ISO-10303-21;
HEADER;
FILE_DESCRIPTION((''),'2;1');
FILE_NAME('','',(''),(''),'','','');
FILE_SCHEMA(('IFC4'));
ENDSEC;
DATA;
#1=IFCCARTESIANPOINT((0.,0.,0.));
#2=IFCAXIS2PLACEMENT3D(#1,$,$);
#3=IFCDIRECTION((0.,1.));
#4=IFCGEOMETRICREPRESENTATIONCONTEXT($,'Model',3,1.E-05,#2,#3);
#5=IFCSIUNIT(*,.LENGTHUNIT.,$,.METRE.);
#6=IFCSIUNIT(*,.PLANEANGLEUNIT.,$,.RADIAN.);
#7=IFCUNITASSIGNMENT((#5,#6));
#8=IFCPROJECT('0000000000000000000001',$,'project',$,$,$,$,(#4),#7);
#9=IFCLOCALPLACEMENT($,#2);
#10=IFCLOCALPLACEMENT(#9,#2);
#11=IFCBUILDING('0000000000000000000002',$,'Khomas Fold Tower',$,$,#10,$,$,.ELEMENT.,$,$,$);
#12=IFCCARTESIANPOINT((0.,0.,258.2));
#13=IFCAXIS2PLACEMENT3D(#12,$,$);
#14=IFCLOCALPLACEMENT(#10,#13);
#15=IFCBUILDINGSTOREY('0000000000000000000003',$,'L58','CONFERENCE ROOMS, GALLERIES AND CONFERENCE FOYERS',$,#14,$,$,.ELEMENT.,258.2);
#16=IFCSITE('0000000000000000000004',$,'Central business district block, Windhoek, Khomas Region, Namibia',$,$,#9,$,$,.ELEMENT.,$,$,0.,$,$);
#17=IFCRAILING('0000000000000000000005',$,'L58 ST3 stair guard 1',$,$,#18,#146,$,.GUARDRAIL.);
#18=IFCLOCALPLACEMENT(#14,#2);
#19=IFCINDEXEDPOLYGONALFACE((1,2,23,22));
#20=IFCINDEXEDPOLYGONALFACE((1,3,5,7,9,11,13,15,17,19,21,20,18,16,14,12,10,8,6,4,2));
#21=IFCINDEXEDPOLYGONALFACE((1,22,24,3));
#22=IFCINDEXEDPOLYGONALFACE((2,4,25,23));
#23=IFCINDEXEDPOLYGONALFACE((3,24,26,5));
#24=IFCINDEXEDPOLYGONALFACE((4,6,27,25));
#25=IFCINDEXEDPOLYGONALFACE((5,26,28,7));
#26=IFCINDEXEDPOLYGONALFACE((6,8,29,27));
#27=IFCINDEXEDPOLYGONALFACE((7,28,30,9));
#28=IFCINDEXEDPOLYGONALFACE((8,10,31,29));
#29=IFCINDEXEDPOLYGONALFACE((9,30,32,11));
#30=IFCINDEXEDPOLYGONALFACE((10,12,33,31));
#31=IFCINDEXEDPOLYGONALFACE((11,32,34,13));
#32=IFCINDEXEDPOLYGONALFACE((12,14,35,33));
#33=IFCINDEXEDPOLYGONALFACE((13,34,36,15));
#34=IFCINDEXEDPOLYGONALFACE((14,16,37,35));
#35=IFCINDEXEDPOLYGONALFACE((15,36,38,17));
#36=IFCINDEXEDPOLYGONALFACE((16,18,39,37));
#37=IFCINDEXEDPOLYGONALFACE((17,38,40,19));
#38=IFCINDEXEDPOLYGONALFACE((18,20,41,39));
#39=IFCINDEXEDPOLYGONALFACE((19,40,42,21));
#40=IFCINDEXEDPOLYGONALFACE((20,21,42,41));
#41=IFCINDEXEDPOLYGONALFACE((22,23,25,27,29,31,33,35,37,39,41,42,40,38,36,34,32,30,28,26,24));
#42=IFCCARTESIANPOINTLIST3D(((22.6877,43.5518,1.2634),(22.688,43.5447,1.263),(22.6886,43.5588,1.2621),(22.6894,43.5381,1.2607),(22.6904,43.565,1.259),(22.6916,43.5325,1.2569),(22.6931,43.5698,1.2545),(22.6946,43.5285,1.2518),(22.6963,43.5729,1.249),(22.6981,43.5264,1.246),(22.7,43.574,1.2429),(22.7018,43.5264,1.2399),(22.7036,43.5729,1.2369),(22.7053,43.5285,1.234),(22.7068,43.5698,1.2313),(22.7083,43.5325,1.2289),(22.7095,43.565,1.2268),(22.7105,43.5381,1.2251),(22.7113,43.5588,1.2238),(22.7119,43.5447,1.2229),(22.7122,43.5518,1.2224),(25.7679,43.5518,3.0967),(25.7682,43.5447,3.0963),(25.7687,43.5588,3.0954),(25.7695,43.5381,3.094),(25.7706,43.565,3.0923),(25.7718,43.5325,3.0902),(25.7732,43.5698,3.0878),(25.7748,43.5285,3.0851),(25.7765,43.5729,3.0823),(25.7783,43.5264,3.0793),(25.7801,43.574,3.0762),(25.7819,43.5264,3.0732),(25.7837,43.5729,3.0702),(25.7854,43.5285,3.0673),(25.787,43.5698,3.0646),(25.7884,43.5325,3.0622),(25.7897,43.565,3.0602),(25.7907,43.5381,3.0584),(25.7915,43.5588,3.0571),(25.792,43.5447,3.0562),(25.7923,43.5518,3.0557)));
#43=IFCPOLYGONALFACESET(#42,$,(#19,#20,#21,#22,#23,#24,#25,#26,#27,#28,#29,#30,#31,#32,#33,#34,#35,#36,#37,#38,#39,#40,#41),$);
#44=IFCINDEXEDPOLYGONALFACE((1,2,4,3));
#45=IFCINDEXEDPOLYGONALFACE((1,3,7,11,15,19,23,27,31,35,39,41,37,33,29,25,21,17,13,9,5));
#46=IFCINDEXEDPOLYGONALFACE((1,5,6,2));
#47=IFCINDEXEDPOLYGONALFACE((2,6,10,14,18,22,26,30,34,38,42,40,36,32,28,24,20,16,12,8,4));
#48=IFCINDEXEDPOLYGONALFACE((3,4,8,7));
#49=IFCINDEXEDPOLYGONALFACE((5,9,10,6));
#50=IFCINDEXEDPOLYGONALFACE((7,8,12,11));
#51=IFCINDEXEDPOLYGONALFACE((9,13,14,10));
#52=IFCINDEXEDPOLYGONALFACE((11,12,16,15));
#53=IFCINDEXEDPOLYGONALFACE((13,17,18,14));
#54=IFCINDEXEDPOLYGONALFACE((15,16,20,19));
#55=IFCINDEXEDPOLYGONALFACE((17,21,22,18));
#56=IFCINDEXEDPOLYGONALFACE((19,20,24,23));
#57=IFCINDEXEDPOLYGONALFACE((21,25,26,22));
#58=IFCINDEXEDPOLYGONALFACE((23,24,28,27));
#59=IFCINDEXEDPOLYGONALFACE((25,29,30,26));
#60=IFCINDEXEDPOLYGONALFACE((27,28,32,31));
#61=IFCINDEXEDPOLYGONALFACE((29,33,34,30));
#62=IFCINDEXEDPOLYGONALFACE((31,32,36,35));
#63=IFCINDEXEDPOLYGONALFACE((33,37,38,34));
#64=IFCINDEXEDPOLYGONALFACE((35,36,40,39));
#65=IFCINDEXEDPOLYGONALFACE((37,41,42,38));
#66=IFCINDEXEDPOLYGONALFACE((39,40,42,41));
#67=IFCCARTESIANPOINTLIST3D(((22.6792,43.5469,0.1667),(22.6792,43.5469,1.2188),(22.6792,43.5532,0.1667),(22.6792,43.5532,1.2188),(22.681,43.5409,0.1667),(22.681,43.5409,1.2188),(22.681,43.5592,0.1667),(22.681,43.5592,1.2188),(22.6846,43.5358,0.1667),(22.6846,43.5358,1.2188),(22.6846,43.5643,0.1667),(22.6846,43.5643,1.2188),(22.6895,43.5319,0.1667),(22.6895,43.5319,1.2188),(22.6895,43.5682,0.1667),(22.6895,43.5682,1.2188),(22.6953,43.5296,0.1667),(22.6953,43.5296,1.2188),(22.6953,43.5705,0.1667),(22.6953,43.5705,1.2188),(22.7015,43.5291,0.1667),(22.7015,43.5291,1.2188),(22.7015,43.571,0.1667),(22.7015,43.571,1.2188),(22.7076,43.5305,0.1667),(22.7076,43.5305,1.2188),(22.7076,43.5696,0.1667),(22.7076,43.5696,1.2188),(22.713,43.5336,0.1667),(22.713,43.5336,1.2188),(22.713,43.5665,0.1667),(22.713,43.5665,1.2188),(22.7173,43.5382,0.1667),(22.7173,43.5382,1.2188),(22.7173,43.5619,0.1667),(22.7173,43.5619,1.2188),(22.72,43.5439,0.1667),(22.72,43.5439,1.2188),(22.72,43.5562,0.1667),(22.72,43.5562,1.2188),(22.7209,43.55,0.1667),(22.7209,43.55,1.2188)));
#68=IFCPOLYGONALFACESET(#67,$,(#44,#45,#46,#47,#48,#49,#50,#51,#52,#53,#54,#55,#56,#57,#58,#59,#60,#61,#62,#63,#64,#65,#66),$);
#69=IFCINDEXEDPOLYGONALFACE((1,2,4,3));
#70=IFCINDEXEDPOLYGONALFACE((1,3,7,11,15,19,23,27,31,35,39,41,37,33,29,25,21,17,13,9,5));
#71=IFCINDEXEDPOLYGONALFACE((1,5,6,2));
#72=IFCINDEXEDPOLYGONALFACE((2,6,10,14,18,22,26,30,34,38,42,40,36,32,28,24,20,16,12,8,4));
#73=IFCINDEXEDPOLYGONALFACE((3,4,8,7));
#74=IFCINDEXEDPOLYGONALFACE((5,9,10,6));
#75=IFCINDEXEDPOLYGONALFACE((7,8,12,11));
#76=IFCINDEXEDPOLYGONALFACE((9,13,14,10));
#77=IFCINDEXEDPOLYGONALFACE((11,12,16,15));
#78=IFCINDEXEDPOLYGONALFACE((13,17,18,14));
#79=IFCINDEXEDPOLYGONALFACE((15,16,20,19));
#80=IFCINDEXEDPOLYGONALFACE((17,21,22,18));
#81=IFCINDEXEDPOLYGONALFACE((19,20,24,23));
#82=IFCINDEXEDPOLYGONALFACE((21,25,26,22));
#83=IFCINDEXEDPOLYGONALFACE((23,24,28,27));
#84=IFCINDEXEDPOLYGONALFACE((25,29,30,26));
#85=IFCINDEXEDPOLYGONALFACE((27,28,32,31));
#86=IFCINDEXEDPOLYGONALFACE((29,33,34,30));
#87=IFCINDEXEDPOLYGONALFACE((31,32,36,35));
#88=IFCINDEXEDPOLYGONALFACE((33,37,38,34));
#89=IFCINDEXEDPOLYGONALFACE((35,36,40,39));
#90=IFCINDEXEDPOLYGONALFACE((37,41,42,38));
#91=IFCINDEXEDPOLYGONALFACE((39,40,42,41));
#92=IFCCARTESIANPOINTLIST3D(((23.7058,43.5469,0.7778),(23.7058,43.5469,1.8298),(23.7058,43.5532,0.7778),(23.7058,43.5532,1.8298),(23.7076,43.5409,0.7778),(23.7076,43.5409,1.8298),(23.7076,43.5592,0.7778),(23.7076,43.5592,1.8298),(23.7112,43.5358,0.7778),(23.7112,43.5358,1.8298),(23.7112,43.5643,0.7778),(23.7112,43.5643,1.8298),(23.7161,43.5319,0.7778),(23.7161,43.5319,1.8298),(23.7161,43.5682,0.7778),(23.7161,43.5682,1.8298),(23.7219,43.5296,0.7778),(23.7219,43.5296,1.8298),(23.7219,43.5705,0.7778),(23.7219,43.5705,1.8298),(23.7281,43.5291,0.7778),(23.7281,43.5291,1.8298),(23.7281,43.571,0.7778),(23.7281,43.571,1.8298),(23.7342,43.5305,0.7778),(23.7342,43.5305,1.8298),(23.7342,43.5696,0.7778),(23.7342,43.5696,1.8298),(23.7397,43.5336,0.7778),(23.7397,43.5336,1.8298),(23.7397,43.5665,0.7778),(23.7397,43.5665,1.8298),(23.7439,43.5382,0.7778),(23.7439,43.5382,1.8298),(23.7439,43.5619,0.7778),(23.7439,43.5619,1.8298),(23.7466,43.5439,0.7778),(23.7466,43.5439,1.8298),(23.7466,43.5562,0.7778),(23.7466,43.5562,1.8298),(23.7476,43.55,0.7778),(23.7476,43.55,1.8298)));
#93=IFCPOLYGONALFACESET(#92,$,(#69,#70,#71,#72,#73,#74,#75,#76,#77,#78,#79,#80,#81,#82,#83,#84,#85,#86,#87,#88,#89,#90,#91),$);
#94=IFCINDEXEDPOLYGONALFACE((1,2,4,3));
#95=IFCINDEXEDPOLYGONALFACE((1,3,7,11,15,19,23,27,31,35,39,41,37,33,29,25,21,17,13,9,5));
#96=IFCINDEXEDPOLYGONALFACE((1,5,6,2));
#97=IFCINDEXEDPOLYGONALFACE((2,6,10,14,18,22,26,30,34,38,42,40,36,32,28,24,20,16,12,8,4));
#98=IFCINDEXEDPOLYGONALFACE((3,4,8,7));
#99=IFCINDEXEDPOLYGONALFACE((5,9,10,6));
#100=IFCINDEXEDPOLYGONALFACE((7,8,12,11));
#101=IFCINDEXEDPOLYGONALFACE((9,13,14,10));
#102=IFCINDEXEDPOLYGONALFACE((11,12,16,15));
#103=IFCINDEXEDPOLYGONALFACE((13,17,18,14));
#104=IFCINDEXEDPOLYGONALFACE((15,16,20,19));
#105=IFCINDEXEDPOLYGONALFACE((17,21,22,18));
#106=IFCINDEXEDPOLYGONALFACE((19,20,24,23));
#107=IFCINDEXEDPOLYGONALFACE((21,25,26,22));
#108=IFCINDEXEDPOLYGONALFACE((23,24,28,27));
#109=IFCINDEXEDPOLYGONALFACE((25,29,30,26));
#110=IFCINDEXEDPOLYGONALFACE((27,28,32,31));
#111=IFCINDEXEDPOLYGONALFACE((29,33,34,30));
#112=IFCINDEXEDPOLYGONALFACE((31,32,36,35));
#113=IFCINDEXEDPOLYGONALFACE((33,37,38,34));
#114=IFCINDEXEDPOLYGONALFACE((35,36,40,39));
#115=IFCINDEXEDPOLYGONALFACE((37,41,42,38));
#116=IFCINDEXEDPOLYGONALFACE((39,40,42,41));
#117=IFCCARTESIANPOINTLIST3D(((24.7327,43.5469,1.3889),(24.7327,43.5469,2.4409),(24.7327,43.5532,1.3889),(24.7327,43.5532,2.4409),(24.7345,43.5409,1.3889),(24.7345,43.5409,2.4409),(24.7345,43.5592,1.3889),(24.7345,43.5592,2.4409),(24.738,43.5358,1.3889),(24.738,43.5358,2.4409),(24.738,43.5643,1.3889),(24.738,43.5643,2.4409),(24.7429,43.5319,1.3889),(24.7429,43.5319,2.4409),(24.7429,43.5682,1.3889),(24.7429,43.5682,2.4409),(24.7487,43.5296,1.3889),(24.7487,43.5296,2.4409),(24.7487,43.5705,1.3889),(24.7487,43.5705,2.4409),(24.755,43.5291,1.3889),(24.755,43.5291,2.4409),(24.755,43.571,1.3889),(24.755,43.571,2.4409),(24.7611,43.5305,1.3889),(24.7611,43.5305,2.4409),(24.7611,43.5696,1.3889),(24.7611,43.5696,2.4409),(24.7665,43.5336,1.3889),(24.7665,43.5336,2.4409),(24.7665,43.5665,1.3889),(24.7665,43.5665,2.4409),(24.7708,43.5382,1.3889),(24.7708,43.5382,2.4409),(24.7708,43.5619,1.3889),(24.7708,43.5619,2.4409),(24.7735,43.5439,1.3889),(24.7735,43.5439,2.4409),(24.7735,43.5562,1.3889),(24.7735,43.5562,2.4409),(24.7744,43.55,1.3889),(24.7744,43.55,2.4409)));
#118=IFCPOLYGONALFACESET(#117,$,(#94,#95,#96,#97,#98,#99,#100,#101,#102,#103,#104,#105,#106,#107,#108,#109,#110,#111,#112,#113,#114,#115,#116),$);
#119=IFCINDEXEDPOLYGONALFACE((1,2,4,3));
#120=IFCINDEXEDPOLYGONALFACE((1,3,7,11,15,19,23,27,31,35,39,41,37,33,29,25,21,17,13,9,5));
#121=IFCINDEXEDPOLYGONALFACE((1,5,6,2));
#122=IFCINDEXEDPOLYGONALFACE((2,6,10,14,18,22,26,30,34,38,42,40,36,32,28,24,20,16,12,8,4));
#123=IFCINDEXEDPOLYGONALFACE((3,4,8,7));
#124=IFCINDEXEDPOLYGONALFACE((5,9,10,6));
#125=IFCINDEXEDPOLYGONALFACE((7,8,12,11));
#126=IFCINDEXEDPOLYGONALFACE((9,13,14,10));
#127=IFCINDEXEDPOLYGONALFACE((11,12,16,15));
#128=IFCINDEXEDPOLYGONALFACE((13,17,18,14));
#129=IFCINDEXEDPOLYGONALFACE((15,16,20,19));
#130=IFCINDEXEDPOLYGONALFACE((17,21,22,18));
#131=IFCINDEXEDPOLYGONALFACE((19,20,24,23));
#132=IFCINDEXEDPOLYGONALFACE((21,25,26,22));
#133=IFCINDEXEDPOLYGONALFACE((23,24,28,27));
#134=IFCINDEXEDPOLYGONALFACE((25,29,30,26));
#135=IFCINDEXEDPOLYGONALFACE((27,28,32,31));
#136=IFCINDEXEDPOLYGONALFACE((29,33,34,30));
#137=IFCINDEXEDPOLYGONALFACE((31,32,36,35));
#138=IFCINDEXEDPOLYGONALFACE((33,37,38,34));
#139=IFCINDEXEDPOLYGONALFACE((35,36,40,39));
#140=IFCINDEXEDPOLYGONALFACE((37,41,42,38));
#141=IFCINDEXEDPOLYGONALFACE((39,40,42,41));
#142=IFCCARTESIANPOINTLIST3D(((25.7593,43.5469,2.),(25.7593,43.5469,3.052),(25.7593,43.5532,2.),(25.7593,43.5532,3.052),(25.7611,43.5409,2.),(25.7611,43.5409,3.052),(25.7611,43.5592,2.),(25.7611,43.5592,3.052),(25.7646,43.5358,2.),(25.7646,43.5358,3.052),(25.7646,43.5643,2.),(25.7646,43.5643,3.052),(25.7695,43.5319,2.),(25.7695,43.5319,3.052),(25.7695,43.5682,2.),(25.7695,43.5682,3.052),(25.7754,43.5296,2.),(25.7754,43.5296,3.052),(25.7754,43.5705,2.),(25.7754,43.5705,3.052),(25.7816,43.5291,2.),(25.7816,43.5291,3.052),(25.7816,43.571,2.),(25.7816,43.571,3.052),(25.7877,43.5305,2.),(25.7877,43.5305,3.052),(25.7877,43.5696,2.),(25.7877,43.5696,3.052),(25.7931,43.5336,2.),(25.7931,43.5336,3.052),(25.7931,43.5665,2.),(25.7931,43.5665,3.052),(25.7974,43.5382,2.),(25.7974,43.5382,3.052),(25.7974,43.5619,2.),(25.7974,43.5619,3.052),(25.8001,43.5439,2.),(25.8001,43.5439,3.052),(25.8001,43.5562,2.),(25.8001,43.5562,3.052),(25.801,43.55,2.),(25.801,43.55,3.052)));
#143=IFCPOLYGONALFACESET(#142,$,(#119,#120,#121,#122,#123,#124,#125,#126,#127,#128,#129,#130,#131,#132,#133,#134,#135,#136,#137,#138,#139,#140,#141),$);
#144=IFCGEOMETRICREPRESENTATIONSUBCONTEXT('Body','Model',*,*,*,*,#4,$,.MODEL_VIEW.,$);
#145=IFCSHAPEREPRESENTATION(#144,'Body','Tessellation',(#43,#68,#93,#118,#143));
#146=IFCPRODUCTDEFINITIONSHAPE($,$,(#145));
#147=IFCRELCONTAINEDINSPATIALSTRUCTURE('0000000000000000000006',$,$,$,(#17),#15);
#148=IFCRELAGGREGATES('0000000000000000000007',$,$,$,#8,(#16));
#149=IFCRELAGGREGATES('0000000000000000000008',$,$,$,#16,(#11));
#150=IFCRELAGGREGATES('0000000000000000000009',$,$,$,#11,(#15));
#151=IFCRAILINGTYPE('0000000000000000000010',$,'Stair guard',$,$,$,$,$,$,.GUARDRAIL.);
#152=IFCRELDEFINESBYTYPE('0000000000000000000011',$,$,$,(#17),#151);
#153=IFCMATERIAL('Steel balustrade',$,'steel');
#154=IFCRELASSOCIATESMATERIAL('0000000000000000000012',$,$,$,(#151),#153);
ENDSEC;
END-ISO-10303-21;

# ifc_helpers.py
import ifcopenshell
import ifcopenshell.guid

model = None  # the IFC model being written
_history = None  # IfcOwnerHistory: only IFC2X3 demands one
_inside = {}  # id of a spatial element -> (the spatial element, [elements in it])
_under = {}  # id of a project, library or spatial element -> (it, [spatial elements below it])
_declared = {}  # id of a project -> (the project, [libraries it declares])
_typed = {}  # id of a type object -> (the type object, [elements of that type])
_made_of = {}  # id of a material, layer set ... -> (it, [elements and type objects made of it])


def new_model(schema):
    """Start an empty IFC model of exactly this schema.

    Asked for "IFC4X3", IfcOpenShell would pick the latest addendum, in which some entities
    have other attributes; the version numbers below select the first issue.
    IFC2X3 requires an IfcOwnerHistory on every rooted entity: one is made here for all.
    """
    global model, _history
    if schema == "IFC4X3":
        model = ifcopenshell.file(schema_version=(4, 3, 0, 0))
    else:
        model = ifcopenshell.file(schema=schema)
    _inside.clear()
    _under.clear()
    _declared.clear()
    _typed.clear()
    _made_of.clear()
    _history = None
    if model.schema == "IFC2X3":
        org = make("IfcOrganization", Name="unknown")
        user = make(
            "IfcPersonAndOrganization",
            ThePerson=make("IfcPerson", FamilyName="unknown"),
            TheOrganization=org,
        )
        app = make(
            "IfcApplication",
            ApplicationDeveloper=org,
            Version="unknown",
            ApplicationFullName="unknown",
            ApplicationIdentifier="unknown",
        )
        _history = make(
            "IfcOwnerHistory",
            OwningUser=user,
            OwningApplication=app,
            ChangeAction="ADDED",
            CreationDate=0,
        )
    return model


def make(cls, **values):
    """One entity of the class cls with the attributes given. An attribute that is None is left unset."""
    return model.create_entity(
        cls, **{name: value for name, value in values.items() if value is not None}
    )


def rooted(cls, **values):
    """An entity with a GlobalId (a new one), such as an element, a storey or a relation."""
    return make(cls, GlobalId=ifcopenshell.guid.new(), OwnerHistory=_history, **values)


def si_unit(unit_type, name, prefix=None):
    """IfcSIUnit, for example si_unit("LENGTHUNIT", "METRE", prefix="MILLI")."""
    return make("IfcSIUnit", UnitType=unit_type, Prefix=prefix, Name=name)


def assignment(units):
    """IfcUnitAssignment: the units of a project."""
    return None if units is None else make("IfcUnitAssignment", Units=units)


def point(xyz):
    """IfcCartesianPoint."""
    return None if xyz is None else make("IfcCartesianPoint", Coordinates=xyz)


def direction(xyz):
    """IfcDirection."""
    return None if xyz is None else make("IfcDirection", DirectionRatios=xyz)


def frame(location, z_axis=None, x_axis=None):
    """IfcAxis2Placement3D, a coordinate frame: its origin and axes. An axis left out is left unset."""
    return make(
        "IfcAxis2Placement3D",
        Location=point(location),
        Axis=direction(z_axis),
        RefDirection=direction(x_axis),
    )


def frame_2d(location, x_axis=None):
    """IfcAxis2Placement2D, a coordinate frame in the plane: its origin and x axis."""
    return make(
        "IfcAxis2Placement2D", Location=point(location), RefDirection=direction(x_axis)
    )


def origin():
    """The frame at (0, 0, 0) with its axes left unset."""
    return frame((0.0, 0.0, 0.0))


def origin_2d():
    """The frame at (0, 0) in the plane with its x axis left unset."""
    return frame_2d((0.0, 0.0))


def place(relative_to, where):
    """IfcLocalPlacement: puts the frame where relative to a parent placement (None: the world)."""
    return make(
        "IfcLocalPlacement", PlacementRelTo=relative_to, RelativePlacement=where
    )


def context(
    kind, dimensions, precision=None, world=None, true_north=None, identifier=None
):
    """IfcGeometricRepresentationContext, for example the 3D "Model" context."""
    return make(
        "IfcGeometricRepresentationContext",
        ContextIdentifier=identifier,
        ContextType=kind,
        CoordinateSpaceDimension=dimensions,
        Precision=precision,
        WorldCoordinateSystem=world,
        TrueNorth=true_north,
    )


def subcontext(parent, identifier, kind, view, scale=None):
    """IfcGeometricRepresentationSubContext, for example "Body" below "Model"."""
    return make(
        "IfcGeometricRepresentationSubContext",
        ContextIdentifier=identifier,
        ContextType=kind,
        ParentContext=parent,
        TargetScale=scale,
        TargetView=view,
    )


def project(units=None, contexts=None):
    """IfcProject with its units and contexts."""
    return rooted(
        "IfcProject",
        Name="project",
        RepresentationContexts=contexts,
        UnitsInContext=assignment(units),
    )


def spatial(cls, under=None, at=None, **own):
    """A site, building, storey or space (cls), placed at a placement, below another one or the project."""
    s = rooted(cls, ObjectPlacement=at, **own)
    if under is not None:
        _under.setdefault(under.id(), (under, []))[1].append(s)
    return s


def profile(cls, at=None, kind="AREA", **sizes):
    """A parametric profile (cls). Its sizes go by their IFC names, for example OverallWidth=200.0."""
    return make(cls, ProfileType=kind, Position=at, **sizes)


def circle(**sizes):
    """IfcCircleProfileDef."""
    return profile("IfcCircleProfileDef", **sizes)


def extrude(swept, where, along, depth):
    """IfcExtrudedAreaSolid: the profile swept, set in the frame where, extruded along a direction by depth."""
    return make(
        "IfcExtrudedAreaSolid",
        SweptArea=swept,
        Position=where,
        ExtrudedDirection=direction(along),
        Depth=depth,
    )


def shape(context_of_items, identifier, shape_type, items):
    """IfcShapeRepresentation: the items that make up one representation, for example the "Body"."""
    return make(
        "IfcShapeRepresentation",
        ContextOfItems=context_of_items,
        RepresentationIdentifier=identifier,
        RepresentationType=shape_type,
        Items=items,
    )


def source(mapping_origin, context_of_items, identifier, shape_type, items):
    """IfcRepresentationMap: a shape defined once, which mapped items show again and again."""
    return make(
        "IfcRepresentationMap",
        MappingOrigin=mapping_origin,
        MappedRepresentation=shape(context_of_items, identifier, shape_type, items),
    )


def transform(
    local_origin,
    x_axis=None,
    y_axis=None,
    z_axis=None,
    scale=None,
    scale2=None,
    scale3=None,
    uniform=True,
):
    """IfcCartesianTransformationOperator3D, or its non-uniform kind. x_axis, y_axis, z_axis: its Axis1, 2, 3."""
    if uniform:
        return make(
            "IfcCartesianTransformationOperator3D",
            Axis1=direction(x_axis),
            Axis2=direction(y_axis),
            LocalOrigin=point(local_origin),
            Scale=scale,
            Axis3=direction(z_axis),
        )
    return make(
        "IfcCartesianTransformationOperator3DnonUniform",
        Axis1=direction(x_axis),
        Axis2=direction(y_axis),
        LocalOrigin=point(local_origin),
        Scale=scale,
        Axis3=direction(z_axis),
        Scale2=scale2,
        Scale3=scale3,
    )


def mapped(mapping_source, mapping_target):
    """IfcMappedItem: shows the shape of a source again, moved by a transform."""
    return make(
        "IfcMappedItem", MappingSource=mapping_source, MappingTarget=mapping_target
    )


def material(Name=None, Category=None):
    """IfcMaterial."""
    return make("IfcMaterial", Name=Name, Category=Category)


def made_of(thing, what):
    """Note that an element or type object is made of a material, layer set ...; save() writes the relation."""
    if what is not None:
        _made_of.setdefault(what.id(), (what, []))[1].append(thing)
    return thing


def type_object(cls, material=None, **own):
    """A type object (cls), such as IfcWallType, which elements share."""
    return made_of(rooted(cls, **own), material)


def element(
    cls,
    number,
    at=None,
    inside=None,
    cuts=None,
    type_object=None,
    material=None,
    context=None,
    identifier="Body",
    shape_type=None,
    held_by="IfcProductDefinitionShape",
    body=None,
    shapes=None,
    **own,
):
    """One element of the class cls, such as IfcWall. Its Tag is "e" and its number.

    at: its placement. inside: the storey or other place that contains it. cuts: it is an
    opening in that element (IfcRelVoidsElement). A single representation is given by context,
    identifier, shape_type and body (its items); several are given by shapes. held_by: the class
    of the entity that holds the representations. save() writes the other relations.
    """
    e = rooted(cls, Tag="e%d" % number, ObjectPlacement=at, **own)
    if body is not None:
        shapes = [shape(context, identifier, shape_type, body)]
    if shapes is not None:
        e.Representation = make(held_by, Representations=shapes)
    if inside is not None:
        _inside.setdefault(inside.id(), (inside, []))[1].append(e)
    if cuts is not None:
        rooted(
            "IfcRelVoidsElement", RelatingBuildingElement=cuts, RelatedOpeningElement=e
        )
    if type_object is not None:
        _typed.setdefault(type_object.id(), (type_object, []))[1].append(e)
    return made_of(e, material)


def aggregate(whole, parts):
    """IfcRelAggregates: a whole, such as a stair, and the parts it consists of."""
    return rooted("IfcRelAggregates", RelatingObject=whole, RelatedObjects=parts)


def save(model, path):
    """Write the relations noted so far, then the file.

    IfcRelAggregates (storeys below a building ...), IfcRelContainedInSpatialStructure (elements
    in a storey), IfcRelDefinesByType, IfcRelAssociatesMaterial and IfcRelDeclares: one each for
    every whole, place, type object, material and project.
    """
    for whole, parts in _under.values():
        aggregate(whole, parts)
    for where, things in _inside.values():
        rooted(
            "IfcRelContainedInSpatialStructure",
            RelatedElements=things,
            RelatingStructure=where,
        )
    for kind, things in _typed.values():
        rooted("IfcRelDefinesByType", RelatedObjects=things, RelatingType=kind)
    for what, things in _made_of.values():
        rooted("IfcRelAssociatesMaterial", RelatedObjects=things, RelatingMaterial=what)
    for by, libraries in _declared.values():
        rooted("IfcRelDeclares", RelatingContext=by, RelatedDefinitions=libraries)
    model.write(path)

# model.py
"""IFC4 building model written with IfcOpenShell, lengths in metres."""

from ifc_helpers import new_model, si_unit, direction, frame, origin, origin_2d, place, context, subcontext, project, spatial, circle, extrude, source, transform, mapped, material, type_object, element, save


model = new_model("IFC4")

# Units and contexts
model_context = context("Model", 3, precision=1e-05, world=origin(), true_north=direction((0.0, 1.0)))
body_context = subcontext(model_context, "Body", "Model", "MODEL_VIEW")
ifc_project = project(units=[si_unit("LENGTHUNIT", "METRE"), si_unit("PLANEANGLEUNIT", "RADIAN")], contexts=[model_context])

# Site, building, storey
site_placement = place(None, origin())
site = spatial("IfcSite", under=ifc_project, at=site_placement, Name="Central business district block, Windhoek, Khomas Region, Namibia", CompositionType="ELEMENT", RefElevation=0.0)
building_placement = place(site_placement, origin())
building = spatial("IfcBuilding", under=site, at=building_placement, Name="Khomas Fold Tower", CompositionType="ELEMENT")
storey_placement = place(building_placement, frame((0.0, 0.0, 258.2)))
storey = spatial("IfcBuildingStorey", under=building, at=storey_placement, Name="L58", Description="CONFERENCE ROOMS, GALLERIES AND CONFERENCE FOYERS", CompositionType="ELEMENT", Elevation=258.2)

# Railing
ifc_material_1 = material(Name="Steel balustrade", Category="steel")
railing_type_1 = type_object("IfcRailingType", Name="Stair guard", PredefinedType="GUARDRAIL", material=ifc_material_1)
shared_shape_1 = source(origin(), body_context, "Body", "SweptSolid", [
    extrude(circle(Radius=0.0239, at=origin_2d()), frame((0.0, 0.0, 1.0762), z_axis=(0.859309, 0.0, 0.511458), x_axis=(0.0, 1.0, 0.0)), (0.0, 0.0, 1.0), 3.5845),
    extrude(circle(Radius=0.021, at=origin_2d()), origin(), (0.0, 0.0, 1.0), 1.052),
    extrude(circle(Radius=0.021, at=origin_2d()), frame((1.0266, 0.0, 0.6111)), (0.0, 0.0, 1.0), 1.052),
    extrude(circle(Radius=0.021, at=origin_2d()), frame((2.0535, 0.0, 1.2222)), (0.0, 0.0, 1.0), 1.052),
    extrude(circle(Radius=0.021, at=origin_2d()), frame((3.0801, 0.0, 1.8333)), (0.0, 0.0, 1.0), 1.052),
])
railing_1_placement = place(storey_placement, frame((22.7, 43.55, 0.1667)))
element("IfcRailing", 1, at=railing_1_placement, inside=storey, type_object=railing_type_1, Name="L58 ST3 stair guard 1", PredefinedType="GUARDRAIL", context=body_context, shape_type="MappedRepresentation", body=[
    mapped(shared_shape_1, transform((0.0, 0.0, 0.0))),
])

save(model, "model.ifc")
